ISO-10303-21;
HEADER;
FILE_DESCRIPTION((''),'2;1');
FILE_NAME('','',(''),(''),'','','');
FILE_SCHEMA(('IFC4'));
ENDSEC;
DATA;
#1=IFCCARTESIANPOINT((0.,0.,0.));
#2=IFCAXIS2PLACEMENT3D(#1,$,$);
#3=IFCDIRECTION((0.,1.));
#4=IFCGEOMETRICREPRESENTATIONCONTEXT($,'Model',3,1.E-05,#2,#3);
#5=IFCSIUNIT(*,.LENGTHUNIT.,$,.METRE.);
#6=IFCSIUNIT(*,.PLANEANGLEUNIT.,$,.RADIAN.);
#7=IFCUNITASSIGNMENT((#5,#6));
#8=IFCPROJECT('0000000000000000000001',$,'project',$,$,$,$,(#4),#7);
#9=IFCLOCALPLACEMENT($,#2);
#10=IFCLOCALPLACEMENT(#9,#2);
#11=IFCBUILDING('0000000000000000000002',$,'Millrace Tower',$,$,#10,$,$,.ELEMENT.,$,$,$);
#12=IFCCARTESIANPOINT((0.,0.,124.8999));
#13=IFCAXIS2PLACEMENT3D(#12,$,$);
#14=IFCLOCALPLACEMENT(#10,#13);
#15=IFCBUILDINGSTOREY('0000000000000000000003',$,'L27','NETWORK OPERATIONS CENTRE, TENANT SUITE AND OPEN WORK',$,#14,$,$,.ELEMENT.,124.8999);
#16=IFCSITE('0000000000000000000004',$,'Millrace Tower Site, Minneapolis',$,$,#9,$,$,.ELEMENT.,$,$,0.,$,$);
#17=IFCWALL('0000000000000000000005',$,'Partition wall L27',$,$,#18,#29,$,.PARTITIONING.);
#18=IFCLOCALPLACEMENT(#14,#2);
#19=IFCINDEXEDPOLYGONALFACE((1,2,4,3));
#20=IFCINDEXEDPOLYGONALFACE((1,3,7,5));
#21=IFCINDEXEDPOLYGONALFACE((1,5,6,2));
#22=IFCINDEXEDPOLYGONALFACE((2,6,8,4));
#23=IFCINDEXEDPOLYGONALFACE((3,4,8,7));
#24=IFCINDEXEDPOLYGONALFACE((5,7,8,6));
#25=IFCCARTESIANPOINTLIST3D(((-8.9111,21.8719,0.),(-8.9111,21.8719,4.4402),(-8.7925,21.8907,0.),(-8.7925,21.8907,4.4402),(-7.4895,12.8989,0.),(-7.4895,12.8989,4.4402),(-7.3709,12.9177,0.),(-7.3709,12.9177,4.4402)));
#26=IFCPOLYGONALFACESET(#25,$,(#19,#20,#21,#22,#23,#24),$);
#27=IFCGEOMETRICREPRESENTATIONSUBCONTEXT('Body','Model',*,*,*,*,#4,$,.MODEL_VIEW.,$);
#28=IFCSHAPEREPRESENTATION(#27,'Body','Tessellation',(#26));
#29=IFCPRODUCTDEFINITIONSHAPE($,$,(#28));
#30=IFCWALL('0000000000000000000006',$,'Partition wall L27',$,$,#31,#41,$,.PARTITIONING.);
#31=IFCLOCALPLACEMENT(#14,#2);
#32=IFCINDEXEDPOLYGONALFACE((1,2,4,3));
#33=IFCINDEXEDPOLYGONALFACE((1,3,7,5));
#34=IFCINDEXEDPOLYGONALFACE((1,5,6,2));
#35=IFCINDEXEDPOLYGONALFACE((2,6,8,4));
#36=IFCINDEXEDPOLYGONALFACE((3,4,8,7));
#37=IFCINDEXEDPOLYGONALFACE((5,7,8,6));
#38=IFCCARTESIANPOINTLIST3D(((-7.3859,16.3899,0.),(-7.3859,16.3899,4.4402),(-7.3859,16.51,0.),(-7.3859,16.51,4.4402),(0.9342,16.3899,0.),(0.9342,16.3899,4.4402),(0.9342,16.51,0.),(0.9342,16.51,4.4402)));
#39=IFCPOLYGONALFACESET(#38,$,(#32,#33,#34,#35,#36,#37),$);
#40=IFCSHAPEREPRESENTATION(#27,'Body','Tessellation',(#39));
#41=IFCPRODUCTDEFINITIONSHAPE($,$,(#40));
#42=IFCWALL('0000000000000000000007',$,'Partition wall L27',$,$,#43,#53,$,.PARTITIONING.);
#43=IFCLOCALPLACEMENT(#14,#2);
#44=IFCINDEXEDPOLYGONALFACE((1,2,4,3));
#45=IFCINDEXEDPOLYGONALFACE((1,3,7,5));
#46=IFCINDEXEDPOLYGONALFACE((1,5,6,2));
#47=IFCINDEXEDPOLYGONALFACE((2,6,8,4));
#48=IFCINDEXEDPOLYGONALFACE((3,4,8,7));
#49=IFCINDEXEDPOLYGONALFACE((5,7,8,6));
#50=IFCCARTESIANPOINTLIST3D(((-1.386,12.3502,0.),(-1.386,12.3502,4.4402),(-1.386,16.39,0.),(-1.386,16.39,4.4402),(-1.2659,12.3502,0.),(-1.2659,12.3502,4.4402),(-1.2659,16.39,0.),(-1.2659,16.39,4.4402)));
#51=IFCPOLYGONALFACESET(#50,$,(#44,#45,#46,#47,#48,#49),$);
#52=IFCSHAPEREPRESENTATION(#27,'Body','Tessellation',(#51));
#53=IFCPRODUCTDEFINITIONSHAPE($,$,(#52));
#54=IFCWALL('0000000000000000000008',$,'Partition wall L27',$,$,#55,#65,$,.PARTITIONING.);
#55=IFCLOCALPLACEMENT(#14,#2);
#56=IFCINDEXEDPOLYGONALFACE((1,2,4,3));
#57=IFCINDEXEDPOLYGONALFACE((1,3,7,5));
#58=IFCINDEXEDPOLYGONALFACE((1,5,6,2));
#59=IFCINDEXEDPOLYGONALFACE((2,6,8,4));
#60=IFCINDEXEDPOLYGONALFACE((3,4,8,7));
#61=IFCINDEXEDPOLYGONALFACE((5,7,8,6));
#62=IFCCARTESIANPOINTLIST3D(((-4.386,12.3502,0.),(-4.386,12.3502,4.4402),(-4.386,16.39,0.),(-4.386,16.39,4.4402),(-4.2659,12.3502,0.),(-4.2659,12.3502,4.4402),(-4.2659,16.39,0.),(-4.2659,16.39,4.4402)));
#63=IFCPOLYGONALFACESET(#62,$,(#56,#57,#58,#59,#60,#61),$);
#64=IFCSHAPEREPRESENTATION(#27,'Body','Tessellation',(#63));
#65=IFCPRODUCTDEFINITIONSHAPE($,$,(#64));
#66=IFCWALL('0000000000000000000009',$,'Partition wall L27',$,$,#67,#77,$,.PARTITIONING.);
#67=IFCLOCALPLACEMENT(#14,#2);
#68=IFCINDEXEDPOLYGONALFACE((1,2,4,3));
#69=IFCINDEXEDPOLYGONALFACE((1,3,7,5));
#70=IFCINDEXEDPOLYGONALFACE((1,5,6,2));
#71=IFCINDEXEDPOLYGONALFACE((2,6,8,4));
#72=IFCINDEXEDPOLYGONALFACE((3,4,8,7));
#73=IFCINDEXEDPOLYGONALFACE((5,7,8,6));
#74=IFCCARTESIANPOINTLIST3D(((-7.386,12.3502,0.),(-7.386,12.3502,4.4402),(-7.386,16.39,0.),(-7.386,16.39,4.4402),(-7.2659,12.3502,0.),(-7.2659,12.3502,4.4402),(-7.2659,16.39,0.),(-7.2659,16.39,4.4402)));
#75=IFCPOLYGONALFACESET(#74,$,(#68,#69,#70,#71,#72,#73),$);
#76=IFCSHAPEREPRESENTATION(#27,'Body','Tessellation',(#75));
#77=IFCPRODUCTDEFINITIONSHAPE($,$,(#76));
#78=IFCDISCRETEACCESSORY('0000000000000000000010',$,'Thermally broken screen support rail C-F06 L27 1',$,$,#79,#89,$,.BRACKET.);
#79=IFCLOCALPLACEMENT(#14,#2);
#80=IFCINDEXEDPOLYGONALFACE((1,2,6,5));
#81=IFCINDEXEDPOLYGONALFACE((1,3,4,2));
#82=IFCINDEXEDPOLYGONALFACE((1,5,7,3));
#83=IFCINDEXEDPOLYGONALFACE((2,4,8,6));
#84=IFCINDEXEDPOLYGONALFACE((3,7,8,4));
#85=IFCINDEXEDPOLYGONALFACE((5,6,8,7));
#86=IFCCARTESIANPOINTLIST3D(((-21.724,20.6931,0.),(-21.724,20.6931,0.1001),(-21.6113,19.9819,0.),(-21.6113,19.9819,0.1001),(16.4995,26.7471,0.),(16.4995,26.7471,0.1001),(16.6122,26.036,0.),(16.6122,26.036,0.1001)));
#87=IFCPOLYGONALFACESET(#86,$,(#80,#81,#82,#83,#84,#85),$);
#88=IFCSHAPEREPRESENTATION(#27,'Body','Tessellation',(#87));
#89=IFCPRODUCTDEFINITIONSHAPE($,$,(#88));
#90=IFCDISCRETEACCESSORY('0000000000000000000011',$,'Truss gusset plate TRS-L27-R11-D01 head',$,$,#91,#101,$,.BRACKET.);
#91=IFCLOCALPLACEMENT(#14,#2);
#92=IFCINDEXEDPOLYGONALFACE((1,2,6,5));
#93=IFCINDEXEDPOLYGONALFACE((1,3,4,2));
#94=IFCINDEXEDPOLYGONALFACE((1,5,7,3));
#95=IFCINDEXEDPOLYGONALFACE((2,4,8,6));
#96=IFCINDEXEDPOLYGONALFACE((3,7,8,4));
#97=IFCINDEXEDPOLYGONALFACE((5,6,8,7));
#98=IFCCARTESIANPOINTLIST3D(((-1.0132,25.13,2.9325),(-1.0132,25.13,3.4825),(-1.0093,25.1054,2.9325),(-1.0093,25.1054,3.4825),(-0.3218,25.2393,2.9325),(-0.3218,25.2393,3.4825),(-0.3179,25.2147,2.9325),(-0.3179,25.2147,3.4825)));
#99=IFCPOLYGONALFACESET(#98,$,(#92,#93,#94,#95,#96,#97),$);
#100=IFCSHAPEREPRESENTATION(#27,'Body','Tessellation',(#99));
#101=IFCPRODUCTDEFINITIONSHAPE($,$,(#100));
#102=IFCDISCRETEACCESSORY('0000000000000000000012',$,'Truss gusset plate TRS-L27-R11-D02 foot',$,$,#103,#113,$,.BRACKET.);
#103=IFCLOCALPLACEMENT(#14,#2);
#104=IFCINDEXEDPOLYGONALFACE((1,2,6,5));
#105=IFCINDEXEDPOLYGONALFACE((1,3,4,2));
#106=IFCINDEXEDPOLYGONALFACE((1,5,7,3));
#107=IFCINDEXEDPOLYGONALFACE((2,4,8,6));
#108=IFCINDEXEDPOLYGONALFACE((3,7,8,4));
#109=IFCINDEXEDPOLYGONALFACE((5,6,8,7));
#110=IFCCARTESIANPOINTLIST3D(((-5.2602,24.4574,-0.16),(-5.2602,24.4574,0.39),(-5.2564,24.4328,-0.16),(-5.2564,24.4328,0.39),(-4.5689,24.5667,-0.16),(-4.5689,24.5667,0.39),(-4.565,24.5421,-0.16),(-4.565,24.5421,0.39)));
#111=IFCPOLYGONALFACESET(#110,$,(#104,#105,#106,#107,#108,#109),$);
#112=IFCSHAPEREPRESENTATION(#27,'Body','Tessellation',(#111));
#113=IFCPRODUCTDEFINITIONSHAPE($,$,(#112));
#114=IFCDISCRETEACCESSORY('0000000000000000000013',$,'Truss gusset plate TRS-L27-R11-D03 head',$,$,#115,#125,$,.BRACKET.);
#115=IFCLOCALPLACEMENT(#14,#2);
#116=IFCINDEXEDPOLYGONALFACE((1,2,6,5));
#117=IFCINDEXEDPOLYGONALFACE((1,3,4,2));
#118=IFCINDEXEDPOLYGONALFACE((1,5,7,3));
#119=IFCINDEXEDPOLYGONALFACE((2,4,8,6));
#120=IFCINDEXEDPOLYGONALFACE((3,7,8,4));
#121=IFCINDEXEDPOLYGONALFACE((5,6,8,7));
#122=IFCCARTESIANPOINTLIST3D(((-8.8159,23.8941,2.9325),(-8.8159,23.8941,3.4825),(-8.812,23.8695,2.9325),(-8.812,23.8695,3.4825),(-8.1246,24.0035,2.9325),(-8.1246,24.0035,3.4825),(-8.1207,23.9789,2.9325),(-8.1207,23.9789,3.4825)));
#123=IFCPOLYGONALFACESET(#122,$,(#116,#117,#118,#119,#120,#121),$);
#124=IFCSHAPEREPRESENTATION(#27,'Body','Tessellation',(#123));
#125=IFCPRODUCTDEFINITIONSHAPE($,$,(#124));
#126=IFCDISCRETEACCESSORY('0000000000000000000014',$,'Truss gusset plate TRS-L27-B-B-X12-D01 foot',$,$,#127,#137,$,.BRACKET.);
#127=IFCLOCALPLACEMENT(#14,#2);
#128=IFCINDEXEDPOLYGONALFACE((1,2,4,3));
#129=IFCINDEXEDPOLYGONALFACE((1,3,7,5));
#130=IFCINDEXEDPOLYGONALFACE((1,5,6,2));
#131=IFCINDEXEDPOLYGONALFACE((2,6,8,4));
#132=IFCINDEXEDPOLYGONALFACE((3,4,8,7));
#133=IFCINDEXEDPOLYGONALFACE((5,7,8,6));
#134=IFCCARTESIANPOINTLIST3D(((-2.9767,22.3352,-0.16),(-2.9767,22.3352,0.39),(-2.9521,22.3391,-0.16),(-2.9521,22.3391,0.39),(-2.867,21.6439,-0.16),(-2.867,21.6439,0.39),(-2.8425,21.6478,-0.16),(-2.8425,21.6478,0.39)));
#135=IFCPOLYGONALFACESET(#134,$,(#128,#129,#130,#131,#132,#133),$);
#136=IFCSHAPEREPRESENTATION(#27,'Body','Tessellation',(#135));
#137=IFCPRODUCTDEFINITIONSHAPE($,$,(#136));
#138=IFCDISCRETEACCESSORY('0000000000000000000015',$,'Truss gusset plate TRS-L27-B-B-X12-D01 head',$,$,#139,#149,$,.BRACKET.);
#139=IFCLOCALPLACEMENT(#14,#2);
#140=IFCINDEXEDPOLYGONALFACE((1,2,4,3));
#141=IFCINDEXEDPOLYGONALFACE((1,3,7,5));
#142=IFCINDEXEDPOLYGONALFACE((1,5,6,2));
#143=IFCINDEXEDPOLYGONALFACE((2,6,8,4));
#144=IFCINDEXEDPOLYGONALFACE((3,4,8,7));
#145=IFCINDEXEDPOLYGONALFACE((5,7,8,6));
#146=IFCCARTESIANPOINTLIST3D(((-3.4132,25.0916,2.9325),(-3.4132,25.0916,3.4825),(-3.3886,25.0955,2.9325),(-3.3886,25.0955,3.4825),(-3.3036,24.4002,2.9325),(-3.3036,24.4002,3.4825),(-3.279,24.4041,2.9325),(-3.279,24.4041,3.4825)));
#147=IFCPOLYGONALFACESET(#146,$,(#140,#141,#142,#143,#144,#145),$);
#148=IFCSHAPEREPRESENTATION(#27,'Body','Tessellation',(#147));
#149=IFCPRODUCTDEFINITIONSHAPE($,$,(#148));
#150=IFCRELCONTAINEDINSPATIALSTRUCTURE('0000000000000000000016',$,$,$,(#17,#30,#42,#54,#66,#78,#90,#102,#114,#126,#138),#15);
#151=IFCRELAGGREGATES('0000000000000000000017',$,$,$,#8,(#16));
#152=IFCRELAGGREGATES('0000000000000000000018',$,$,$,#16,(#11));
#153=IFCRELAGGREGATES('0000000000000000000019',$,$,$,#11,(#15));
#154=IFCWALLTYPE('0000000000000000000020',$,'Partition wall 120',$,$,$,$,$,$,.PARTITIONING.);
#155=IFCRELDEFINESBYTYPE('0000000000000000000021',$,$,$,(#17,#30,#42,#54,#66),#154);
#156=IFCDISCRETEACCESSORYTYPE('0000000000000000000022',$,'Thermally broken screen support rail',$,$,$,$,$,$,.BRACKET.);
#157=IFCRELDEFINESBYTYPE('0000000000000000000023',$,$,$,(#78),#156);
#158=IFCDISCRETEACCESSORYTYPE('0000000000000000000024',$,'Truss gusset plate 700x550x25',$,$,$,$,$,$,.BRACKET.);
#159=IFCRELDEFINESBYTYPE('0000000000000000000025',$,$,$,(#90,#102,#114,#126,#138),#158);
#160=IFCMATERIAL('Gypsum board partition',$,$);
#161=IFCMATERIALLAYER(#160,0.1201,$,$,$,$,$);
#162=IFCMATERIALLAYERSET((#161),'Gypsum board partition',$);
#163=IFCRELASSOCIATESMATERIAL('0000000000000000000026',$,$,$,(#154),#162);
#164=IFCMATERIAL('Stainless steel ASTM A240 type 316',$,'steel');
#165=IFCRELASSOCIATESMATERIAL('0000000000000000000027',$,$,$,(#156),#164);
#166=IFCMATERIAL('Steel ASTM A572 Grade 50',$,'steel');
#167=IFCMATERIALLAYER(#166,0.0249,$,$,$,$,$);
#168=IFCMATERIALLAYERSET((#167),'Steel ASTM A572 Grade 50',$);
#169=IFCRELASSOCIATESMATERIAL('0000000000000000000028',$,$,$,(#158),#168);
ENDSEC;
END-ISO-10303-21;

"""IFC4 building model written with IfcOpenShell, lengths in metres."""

from ifc_helpers import new_model, si_unit, direction, frame, frame_2d, origin, origin_2d, place, context, subcontext, project, spatial, rectangle, extrude, material, layer, layer_set, type_object, element, save


model = new_model("IFC4")

# Units and contexts
model_context = context("Model", 3, precision=1e-05, world=origin(), true_north=direction((0.0, 1.0)))
body_context = subcontext(model_context, "Body", "Model", "MODEL_VIEW")
ifc_project = project(units=[si_unit("LENGTHUNIT", "METRE"), si_unit("PLANEANGLEUNIT", "RADIAN")], contexts=[model_context])

# Site, building, storey
site_placement = place(None, origin())
site = spatial("IfcSite", under=ifc_project, at=site_placement, Name="Millrace Tower Site, Minneapolis", CompositionType="ELEMENT", RefElevation=0.0)
building_placement = place(site_placement, origin())
building = spatial("IfcBuilding", under=site, at=building_placement, Name="Millrace Tower", CompositionType="ELEMENT")
storey_placement = place(building_placement, frame((0.0, 0.0, 124.8999)))
storey = spatial("IfcBuildingStorey", under=building, at=storey_placement, Name="L27", Description="NETWORK OPERATIONS CENTRE, TENANT SUITE AND OPEN WORK", CompositionType="ELEMENT", Elevation=124.8999)

# Walls
ifc_material_1 = material(Name="Gypsum board partition")
ifc_layer_1 = layer(ifc_material_1, 0.1201)
ifc_layer_set_1 = layer_set([ifc_layer_1], Name="Gypsum board partition")
wall_type = type_object("IfcWallType", Name="Partition wall 120", PredefinedType="PARTITIONING", material=ifc_layer_set_1)
wall_1_placement = place(storey_placement, frame((-8.8518, 21.8813, 0.0), z_axis=(0.0, 0.0, 1.0), x_axis=(0.15648, -0.987681, 0.0)))
element("IfcWall", 1, at=wall_1_placement, inside=storey, type_object=wall_type, Name="Partition wall L27", PredefinedType="PARTITIONING", context=body_context, shape_type="SweptSolid", body=[
    extrude(rectangle(XDim=9.085, YDim=0.1201, at=frame_2d((4.5425, 0.0))), origin(), (0.0, 0.0, 1.0), 4.4402),
])
wall_2_placement = place(storey_placement, frame((-7.386, 16.45, 0.0), z_axis=(0.0, 0.0, 1.0), x_axis=(1.0, 0.0, 0.0)))
element("IfcWall", 2, at=wall_2_placement, inside=storey, type_object=wall_type, Name="Partition wall L27", PredefinedType="PARTITIONING", context=body_context, shape_type="SweptSolid", body=[
    extrude(rectangle(XDim=8.3201, YDim=0.1201, at=frame_2d((4.1602, 0.0))), origin(), (0.0, 0.0, 1.0), 4.4402),
])
for number, where, z_axis, x_axis, name in (
    (3, (-1.3259, 12.3501, 0.0), (0.0, 0.0, 1.0), (0.0, 1.0, 0.0), "Partition wall L27"),
    (4, (-4.3259, 12.3501, 0.0), (0.0, 0.0, 1.0), (0.0, 1.0, 0.0), "Partition wall L27"),
    (5, (-7.3259, 12.3501, 0.0), (0.0, 0.0, 1.0), (0.0, 1.0, 0.0), "Partition wall L27"),
):
    element("IfcWall", number, at=place(storey_placement, frame(where, z_axis=z_axis, x_axis=x_axis)), inside=storey, type_object=wall_type, Name=name, PredefinedType="PARTITIONING", context=body_context, shape_type="SweptSolid", body=[
        extrude(rectangle(XDim=4.0398, YDim=0.1201, at=frame_2d((2.02, 0.0))), origin(), (0.0, 0.0, 1.0), 4.4402),
    ])

# Discrete accessories
ifc_material_2 = material(Name="Stainless steel ASTM A240 type 316", Category="steel")
discrete_accessory_type_1 = type_object("IfcDiscreteAccessoryType", Name="Thermally broken screen support rail", PredefinedType="BRACKET", material=ifc_material_2)
discrete_accessory_placement = place(storey_placement, frame((-2.5559, 23.3645, 0.0), z_axis=(0.0, 0.0, 1.0), x_axis=(-0.987688, -0.156434, 0.0)))
element("IfcDiscreteAccessory", 6, at=discrete_accessory_placement, inside=storey, type_object=discrete_accessory_type_1, Name="Thermally broken screen support rail C-F06 L27 1", PredefinedType="BRACKET", context=body_context, shape_type="SweptSolid", body=[
    extrude(rectangle(XDim=38.7, YDim=0.72, at=origin_2d()), origin(), (0.0, 0.0, 1.0), 0.1001),
])
ifc_material_3 = material(Name="Steel ASTM A572 Grade 50", Category="steel")
ifc_layer_2 = layer(ifc_material_3, 0.0249)
ifc_layer_set_2 = layer_set([ifc_layer_2], Name="Steel ASTM A572 Grade 50")
discrete_accessory_type_2 = type_object("IfcDiscreteAccessoryType", Name="Truss gusset plate 700x550x25", PredefinedType="BRACKET", material=ifc_layer_set_2)
for number, where, z_axis, x_axis, name in (
    (7, (-1.0112, 25.1177, 3.2075), (0.987718, 0.156249, 0.0), (-0.156249, 0.987718, 0.0), "Truss gusset plate TRS-L27-R11-D01 head"),
    (8, (-5.2583, 24.4451, 0.115), (0.987718, 0.156249, 0.0), (-0.156249, 0.987718, 0.0), "Truss gusset plate TRS-L27-R11-D02 foot"),
    (9, (-8.814, 23.8818, 3.2075), (0.987718, 0.156249, 0.0), (-0.156249, 0.987718, 0.0), "Truss gusset plate TRS-L27-R11-D03 head"),
    (10, (-2.9644, 22.3372, 0.115), (0.156589, -0.987664, 0.0), (0.987664, 0.156589, 0.0), "Truss gusset plate TRS-L27-B-B-X12-D01 foot"),
    (11, (-3.4009, 25.0935, 3.2075), (0.156589, -0.987664, 0.0), (0.987664, 0.156589, 0.0), "Truss gusset plate TRS-L27-B-B-X12-D01 head"),
):
    element("IfcDiscreteAccessory", number, at=place(storey_placement, frame(where, z_axis=z_axis, x_axis=x_axis)), inside=storey, type_object=discrete_accessory_type_2, Name=name, PredefinedType="BRACKET", context=body_context, shape_type="SweptSolid", body=[
        extrude(rectangle(XDim=0.0249, YDim=0.55, at=origin_2d()), origin(), (0.0, 0.0, 1.0), 0.7),
    ])

save(model, "model.ifc")
